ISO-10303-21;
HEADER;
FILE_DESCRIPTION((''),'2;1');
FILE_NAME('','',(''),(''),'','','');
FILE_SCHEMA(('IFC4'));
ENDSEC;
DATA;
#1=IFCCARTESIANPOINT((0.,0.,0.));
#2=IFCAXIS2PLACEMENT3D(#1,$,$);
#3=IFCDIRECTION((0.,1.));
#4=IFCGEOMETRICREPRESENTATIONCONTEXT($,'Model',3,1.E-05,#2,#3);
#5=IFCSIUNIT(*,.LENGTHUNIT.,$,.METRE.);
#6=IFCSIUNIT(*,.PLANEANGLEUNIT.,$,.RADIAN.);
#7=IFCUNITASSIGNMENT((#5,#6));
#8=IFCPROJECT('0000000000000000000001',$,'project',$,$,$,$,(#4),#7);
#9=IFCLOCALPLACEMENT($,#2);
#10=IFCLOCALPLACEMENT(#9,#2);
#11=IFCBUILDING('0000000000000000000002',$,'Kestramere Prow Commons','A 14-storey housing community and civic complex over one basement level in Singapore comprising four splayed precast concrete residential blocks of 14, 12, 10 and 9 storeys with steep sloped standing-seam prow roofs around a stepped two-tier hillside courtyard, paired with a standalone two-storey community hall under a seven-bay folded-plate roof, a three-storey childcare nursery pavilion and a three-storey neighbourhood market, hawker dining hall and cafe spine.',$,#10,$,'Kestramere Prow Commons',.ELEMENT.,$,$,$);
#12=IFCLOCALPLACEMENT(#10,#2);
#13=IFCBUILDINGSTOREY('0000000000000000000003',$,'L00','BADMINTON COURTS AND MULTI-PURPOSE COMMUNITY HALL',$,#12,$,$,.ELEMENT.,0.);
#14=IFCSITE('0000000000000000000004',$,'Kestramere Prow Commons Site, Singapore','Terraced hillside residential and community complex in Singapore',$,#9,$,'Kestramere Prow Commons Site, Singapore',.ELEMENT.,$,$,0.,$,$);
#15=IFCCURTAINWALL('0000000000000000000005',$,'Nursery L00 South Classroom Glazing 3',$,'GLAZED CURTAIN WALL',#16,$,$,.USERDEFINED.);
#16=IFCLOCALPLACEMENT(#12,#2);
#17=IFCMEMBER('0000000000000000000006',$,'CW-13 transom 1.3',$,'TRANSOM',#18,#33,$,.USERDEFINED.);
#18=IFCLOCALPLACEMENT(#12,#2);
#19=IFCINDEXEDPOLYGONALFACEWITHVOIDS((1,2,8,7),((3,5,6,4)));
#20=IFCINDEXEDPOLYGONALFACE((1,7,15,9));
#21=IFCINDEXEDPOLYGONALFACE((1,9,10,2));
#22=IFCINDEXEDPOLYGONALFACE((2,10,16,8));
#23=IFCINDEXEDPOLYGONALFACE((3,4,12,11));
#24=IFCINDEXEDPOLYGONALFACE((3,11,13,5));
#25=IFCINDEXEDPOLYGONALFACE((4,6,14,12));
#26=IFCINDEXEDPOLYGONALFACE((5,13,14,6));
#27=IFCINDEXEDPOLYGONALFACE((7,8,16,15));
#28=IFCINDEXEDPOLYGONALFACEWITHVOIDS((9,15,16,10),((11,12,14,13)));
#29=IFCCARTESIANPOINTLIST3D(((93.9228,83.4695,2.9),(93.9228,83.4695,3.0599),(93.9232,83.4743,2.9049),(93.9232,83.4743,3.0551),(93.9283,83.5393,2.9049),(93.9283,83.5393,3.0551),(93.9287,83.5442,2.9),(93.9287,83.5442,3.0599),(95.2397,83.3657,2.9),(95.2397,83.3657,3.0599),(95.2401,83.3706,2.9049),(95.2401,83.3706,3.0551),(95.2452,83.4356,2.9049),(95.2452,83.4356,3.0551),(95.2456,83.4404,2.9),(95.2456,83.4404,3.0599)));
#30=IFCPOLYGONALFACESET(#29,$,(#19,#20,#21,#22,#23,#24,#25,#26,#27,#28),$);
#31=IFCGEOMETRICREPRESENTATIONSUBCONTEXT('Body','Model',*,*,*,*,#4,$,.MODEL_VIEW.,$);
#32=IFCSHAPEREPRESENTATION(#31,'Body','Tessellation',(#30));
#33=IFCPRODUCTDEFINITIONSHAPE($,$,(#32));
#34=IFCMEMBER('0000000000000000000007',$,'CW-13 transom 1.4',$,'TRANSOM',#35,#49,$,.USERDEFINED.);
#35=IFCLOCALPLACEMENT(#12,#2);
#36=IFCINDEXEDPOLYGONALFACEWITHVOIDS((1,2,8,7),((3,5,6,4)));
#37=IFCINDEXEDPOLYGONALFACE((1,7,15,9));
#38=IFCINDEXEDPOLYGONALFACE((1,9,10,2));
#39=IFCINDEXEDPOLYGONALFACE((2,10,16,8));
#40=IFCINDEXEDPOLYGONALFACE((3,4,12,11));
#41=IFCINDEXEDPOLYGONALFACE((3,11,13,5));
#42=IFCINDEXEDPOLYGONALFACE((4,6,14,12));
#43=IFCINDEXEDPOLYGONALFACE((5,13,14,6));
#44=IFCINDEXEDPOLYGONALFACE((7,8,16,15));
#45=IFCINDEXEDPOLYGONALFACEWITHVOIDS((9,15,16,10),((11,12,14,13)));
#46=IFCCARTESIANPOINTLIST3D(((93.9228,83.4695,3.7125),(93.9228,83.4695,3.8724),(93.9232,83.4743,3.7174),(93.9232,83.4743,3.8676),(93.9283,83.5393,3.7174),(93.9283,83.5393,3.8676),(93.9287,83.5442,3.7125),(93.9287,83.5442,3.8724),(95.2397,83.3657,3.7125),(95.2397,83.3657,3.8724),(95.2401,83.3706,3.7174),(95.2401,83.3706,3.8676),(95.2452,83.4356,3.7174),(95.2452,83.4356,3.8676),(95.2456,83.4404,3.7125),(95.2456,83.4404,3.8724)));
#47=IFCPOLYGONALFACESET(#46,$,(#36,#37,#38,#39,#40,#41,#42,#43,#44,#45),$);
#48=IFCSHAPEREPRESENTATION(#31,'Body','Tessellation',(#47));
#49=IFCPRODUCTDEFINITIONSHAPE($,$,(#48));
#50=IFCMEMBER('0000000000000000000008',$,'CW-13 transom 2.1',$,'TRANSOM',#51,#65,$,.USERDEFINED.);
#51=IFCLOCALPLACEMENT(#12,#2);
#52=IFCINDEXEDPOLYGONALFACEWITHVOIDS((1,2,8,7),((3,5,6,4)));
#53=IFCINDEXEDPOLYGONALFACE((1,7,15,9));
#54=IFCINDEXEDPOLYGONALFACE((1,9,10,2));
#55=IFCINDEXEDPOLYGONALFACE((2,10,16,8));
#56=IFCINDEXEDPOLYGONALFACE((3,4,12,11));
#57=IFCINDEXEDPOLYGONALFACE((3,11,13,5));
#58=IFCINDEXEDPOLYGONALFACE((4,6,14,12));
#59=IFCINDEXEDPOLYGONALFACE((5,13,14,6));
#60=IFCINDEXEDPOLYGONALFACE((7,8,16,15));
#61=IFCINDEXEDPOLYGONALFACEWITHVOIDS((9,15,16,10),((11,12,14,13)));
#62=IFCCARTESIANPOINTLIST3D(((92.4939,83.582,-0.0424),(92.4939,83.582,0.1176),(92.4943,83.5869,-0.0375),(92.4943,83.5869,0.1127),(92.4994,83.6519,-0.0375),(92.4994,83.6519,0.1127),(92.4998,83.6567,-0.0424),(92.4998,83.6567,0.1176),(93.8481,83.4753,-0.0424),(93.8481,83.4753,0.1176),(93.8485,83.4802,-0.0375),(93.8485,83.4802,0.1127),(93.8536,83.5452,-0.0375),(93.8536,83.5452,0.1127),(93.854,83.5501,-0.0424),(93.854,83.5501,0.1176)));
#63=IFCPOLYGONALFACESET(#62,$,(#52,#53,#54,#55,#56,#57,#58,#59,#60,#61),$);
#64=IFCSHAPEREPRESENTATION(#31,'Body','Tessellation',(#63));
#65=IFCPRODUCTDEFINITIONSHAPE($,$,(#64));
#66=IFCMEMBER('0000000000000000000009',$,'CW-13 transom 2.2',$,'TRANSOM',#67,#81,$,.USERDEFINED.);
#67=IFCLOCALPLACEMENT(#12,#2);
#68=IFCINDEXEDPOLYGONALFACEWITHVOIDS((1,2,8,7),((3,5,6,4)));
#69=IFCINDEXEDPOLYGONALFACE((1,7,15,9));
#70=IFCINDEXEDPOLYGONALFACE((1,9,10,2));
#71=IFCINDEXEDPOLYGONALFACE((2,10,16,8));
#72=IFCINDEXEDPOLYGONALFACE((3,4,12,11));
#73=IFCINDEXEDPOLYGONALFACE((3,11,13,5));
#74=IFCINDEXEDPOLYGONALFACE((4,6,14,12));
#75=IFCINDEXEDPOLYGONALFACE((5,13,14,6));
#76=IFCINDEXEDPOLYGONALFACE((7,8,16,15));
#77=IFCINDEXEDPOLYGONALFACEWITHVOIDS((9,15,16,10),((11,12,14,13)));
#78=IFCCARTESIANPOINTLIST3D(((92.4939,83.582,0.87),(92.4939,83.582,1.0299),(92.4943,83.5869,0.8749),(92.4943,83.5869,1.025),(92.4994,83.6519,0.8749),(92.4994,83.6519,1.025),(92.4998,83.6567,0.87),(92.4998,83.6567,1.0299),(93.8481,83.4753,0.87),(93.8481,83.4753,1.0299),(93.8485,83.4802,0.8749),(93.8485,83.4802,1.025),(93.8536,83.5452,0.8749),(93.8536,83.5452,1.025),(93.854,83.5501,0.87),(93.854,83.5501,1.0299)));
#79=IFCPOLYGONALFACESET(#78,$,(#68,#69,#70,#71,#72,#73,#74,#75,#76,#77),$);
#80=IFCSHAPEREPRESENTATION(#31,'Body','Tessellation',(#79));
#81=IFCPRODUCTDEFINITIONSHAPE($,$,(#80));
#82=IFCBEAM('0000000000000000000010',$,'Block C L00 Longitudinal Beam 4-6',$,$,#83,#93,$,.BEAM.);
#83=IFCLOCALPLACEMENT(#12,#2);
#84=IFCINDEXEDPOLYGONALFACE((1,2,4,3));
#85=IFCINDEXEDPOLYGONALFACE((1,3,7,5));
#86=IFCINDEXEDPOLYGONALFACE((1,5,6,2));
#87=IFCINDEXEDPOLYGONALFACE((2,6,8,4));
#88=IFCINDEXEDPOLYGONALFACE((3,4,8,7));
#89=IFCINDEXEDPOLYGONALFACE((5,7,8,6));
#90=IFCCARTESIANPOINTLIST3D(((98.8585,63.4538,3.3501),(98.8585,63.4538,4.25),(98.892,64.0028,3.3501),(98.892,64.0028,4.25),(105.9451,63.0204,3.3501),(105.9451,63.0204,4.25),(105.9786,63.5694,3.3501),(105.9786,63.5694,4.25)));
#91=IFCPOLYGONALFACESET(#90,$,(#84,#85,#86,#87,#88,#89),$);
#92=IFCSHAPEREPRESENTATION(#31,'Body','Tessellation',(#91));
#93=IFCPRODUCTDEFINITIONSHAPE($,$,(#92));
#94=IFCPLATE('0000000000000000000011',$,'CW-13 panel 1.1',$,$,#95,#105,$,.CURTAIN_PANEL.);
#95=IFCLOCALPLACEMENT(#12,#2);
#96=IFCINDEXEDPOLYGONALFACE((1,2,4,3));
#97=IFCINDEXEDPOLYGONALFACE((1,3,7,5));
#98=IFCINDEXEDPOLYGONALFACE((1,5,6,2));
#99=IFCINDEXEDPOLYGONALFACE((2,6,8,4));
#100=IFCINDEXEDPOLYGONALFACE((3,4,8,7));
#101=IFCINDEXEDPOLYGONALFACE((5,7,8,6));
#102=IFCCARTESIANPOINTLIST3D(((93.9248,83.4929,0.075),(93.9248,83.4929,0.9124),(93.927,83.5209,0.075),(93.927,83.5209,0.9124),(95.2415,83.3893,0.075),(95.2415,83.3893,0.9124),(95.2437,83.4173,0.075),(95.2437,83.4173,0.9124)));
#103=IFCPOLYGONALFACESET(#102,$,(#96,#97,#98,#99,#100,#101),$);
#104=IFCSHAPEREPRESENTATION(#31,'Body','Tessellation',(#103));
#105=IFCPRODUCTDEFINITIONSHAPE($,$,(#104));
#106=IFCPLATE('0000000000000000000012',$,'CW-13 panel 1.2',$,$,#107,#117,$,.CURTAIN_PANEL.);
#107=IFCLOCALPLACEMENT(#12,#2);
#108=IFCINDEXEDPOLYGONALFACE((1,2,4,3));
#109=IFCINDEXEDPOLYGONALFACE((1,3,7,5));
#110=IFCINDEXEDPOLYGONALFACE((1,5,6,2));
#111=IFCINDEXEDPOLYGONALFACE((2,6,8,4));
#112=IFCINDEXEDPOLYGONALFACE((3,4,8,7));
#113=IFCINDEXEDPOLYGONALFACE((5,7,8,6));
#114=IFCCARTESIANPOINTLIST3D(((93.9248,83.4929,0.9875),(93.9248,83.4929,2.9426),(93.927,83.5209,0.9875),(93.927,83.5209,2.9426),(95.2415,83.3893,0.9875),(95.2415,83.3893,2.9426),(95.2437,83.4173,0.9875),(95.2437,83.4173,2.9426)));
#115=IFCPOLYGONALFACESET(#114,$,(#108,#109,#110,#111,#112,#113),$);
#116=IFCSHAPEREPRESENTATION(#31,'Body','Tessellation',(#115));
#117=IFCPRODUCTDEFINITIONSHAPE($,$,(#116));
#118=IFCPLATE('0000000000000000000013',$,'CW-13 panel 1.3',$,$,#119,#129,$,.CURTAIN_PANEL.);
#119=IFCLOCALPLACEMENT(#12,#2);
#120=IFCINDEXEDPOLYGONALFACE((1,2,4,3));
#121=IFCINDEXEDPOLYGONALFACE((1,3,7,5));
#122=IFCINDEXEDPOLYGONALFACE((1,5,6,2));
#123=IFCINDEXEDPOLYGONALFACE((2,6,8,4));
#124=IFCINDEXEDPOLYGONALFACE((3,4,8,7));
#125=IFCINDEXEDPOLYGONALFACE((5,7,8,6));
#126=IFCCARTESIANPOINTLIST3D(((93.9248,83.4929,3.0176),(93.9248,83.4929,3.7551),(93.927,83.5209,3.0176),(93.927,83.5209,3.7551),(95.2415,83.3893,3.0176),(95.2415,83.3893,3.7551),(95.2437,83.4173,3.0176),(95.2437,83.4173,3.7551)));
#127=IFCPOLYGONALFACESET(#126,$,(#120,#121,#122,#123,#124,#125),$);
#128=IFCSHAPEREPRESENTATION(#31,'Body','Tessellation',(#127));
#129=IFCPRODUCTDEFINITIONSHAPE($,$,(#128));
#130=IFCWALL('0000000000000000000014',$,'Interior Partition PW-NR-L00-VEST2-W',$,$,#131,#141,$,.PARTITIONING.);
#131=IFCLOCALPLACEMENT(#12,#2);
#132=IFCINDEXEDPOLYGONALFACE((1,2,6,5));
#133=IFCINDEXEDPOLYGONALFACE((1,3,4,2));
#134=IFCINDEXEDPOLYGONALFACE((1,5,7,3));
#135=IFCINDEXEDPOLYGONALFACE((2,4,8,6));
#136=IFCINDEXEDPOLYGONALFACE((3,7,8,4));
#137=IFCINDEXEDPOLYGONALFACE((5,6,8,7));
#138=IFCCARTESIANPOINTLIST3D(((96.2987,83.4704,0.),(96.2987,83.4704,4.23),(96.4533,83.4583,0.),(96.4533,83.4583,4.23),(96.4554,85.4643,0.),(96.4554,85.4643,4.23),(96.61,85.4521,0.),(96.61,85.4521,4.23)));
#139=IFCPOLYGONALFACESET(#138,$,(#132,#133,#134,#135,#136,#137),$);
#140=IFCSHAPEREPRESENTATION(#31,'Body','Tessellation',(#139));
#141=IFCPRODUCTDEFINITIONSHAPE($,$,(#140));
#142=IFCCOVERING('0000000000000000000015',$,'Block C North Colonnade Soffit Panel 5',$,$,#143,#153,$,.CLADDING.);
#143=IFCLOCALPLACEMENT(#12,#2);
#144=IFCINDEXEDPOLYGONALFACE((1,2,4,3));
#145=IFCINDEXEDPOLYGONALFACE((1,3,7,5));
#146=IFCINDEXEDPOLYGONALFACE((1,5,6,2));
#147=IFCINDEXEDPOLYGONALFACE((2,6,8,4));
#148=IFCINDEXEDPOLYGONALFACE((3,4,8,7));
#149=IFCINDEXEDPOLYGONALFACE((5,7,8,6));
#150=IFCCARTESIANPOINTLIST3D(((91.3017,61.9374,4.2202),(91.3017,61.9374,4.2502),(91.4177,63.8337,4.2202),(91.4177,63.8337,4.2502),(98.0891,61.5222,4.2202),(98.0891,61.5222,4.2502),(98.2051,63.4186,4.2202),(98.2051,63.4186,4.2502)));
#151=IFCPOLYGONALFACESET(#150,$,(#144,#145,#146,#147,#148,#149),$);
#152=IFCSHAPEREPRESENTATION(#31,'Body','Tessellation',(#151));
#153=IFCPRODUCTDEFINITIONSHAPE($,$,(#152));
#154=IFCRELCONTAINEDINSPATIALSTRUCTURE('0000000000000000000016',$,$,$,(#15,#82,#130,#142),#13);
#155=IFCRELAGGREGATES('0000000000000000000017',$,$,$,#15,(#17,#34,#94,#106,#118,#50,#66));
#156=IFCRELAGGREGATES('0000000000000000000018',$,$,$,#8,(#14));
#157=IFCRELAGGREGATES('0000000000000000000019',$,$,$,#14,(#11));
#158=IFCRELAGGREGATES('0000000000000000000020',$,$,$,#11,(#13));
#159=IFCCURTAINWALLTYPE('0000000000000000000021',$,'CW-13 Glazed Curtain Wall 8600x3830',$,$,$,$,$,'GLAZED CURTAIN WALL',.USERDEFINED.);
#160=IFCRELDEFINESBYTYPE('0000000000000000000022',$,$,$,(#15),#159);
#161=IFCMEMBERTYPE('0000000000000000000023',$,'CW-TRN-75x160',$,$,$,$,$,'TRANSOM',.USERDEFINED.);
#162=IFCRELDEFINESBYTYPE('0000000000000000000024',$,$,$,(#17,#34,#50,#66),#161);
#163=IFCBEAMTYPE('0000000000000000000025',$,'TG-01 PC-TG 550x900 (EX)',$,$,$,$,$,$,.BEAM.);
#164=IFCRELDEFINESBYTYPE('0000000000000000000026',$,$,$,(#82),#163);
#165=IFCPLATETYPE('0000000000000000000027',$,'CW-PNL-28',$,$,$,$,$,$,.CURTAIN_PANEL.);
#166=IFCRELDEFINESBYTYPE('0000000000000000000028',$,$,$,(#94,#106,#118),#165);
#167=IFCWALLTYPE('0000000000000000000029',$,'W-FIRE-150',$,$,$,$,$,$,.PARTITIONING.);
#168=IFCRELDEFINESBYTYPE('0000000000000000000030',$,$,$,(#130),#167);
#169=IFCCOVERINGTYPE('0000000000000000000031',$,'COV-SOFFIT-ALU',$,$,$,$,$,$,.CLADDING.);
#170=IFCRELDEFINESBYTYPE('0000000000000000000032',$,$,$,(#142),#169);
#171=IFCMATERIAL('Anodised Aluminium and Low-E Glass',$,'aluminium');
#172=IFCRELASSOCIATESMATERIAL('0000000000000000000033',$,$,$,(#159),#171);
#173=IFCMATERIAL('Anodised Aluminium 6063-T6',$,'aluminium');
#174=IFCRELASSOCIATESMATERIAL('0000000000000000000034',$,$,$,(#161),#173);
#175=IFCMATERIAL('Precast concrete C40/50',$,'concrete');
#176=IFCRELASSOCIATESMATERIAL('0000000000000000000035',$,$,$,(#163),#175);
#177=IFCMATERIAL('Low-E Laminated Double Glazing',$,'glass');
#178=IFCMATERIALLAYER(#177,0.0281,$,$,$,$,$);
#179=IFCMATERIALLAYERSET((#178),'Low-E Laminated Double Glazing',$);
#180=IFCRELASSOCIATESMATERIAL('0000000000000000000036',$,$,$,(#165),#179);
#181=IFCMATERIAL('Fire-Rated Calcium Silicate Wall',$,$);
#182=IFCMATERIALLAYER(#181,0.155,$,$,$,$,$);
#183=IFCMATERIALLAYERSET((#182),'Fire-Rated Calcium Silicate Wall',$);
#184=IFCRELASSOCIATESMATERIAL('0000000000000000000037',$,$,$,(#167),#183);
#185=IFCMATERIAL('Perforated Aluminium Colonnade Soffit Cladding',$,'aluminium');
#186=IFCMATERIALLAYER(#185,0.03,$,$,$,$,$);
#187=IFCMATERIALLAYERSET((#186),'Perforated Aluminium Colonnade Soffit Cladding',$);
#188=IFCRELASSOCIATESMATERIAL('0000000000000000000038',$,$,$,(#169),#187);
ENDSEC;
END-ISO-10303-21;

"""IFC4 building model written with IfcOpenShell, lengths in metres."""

from ifc_helpers import new_model, si_unit, direction, frame, frame_2d, origin, origin_2d, place, context, subcontext, project, spatial, rectangle, hollow_rectangle, extrude, material, layer, layer_set, material_profile, profile_set, type_object, element, aggregate, save


model = new_model("IFC4")

# Units and contexts
model_context = context("Model", 3, precision=1e-05, world=origin(), true_north=direction((0.0, 1.0)))
body_context = subcontext(model_context, "Body", "Model", "MODEL_VIEW")
ifc_project = project(units=[si_unit("LENGTHUNIT", "METRE"), si_unit("PLANEANGLEUNIT", "RADIAN")], contexts=[model_context])

# Site, building, storey
site_placement = place(None, origin())
site = spatial("IfcSite", under=ifc_project, at=site_placement, Name="Kestramere Prow Commons Site, Singapore", Description="Terraced hillside residential and community complex in Singapore", LongName="Kestramere Prow Commons Site, Singapore", CompositionType="ELEMENT", RefElevation=0.0)
building_placement = place(site_placement, origin())
building = spatial("IfcBuilding", under=site, at=building_placement, Name="Kestramere Prow Commons", Description="A 14-storey housing community and civic complex over one basement level in Singapore comprising four splayed precast concrete residential blocks of 14, 12, 10 and 9 storeys with steep sloped standing-seam prow roofs around a stepped two-tier hillside courtyard, paired with a standalone two-storey community hall under a seven-bay folded-plate roof, a three-storey childcare nursery pavilion and a three-storey neighbourhood market, hawker dining hall and cafe spine.", LongName="Kestramere Prow Commons", CompositionType="ELEMENT")
storey_placement = place(building_placement, origin())
storey = spatial("IfcBuildingStorey", under=building, at=storey_placement, Name="L00", Description="BADMINTON COURTS AND MULTI-PURPOSE COMMUNITY HALL", CompositionType="ELEMENT", Elevation=0.0)

# Shared definitions
ifc_material_1 = material(Name="Precast concrete C40/50", Category="concrete")

# Curtain wall, members
ifc_material_2 = material(Name="Anodised Aluminium and Low-E Glass", Category="aluminium")
curtain_wall_type = type_object("IfcCurtainWallType", Name="CW-13 Glazed Curtain Wall 8600x3830", ElementType="GLAZED CURTAIN WALL", PredefinedType="USERDEFINED", material=ifc_material_2)
curtain_wall_placement = place(storey_placement, origin())
curtain_wall = element("IfcCurtainWall", 1, at=curtain_wall_placement, inside=storey, type_object=curtain_wall_type, Name="Nursery L00 South Classroom Glazing 3", ObjectType="GLAZED CURTAIN WALL", PredefinedType="USERDEFINED")
ifc_material_3 = material(Name="Anodised Aluminium 6063-T6", Category="aluminium")
ifc_material_profile_1 = material_profile(ifc_material_3, hollow_rectangle(XDim=0.075, YDim=0.1599, WallThickness=0.0049, at=origin_2d()), Name="ALU-TRN 75x160")
ifc_profile_set_1 = profile_set([ifc_material_profile_1], Name="Anodised Aluminium 6063-T6")
member_type_1 = type_object("IfcMemberType", Name="CW-TRN-75x160", ElementType="TRANSOM", PredefinedType="USERDEFINED", material=ifc_profile_set_1)
member_1_placement = place(storey_placement, frame((95.2427, 83.4031, 2.98), z_axis=(-0.99691, 0.078548, 0.0), x_axis=(-0.078548, -0.99691, 0.0)))
member_1 = element("IfcMember", 2, at=member_1_placement, type_object=member_type_1, Name="CW-13 transom 1.3", ObjectType="TRANSOM", PredefinedType="USERDEFINED", context=body_context, shape_type="SweptSolid", body=[
    extrude(hollow_rectangle(XDim=0.075, YDim=0.1599, WallThickness=0.0049, at=origin_2d()), origin(), (0.0, 0.0, 1.0), 1.321),
])
member_2_placement = place(storey_placement, frame((95.2427, 83.4031, 3.7925), z_axis=(-0.99691, 0.078548, 0.0), x_axis=(-0.078548, -0.99691, 0.0)))
member_2 = element("IfcMember", 3, at=member_2_placement, type_object=member_type_1, Name="CW-13 transom 1.4", ObjectType="TRANSOM", PredefinedType="USERDEFINED", context=body_context, shape_type="SweptSolid", body=[
    extrude(hollow_rectangle(XDim=0.075, YDim=0.1599, WallThickness=0.0049, at=origin_2d()), origin(), (0.0, 0.0, 1.0), 1.321),
])
member_3_placement = place(storey_placement, frame((93.8511, 83.5127, 0.0376), z_axis=(-0.996911, 0.078538, 0.0), x_axis=(-0.078538, -0.996911, 0.0)))
member_3 = element("IfcMember", 4, at=member_3_placement, type_object=member_type_1, Name="CW-13 transom 2.1", ObjectType="TRANSOM", PredefinedType="USERDEFINED", context=body_context, shape_type="SweptSolid", body=[
    extrude(hollow_rectangle(XDim=0.075, YDim=0.1599, WallThickness=0.0049, at=origin_2d()), origin(), (0.0, 0.0, 1.0), 1.3584),
])
member_4_placement = place(storey_placement, frame((93.8511, 83.5127, 0.95), z_axis=(-0.996911, 0.078538, 0.0), x_axis=(-0.078538, -0.996911, 0.0)))
member_4 = element("IfcMember", 5, at=member_4_placement, type_object=member_type_1, Name="CW-13 transom 2.2", ObjectType="TRANSOM", PredefinedType="USERDEFINED", context=body_context, shape_type="SweptSolid", body=[
    extrude(hollow_rectangle(XDim=0.075, YDim=0.1599, WallThickness=0.0049, at=origin_2d()), origin(), (0.0, 0.0, 1.0), 1.3584),
])

# Beam
ifc_material_profile_2 = material_profile(ifc_material_1, rectangle(XDim=0.55, YDim=0.8999, at=origin_2d()), Name="PC-TG 550x900")
ifc_profile_set_2 = profile_set([ifc_material_profile_2], Name="Precast concrete C40/50")
beam_type_1 = type_object("IfcBeamType", Name="TG-01 PC-TG 550x900 (EX)", PredefinedType="BEAM", material=ifc_profile_set_2)
beam_1_placement = place(storey_placement, frame((98.8752, 63.7283, 3.8), z_axis=(0.998136, -0.061036, 0.0), x_axis=(0.061036, 0.998136, 0.0)))
element("IfcBeam", 6, at=beam_1_placement, inside=storey, type_object=beam_type_1, Name="Block C L00 Longitudinal Beam 4-6", PredefinedType="BEAM", context=body_context, shape_type="SweptSolid", body=[
    extrude(rectangle(XDim=0.55, YDim=0.8999, at=origin_2d()), origin(), (0.0, 0.0, 1.0), 7.0999),
])

# Plates
ifc_material_4 = material(Name="Low-E Laminated Double Glazing", Category="glass")
ifc_layer_1 = layer(ifc_material_4, 0.0281)
ifc_layer_set_1 = layer_set([ifc_layer_1], Name="Low-E Laminated Double Glazing")
plate_type = type_object("IfcPlateType", Name="CW-PNL-28", PredefinedType="CURTAIN_PANEL", material=ifc_layer_set_1)
plate_1_placement = place(storey_placement, frame((94.5842, 83.4551, 0.075), z_axis=(0.0, 0.0, 1.0), x_axis=(-0.996917, 0.078459, 0.0)))
plate_1 = element("IfcPlate", 7, at=plate_1_placement, type_object=plate_type, Name="CW-13 panel 1.1", PredefinedType="CURTAIN_PANEL", context=body_context, shape_type="SweptSolid", body=[
    extrude(rectangle(XDim=1.3208, YDim=0.0281, at=origin_2d()), origin(), (0.0, 0.0, 1.0), 0.8374),
])
plate_2_placement = place(storey_placement, frame((94.5842, 83.4551, 0.9875), z_axis=(0.0, 0.0, 1.0), x_axis=(-0.996917, 0.078459, 0.0)))
plate_2 = element("IfcPlate", 8, at=plate_2_placement, type_object=plate_type, Name="CW-13 panel 1.2", PredefinedType="CURTAIN_PANEL", context=body_context, shape_type="SweptSolid", body=[
    extrude(rectangle(XDim=1.3208, YDim=0.0281, at=origin_2d()), origin(), (0.0, 0.0, 1.0), 1.9551),
])
plate_3_placement = place(storey_placement, frame((94.5842, 83.4551, 3.0176), z_axis=(0.0, 0.0, 1.0), x_axis=(-0.996917, 0.078459, 0.0)))
plate_3 = element("IfcPlate", 9, at=plate_3_placement, type_object=plate_type, Name="CW-13 panel 1.3", PredefinedType="CURTAIN_PANEL", context=body_context, shape_type="SweptSolid", body=[
    extrude(rectangle(XDim=1.3208, YDim=0.0281, at=origin_2d()), origin(), (0.0, 0.0, 1.0), 0.7375),
])
aggregate(curtain_wall, [member_1, member_2, plate_1, plate_2, plate_3, member_3, member_4])

# Wall
ifc_material_5 = material(Name="Fire-Rated Calcium Silicate Wall")
ifc_layer_2 = layer(ifc_material_5, 0.155)
ifc_layer_set_2 = layer_set([ifc_layer_2], Name="Fire-Rated Calcium Silicate Wall")
wall_type = type_object("IfcWallType", Name="W-FIRE-150", PredefinedType="PARTITIONING", material=ifc_layer_set_2)
wall_placement = place(storey_placement, frame((96.376, 83.4644, 0.0), z_axis=(0.0, 0.0, 1.0), x_axis=(0.078367, 0.996925, 0.0)))
element("IfcWall", 10, at=wall_placement, inside=storey, type_object=wall_type, Name="Interior Partition PW-NR-L00-VEST2-W", PredefinedType="PARTITIONING", context=body_context, shape_type="SweptSolid", body=[
    extrude(rectangle(XDim=2.0, YDim=0.155, at=frame_2d((1.0, 0.0))), origin(), (0.0, 0.0, 1.0), 4.23),
])

# Covering
ifc_material_6 = material(Name="Perforated Aluminium Colonnade Soffit Cladding", Category="aluminium")
ifc_layer_3 = layer(ifc_material_6, 0.03)
ifc_layer_set_3 = layer_set([ifc_layer_3], Name="Perforated Aluminium Colonnade Soffit Cladding")
covering_type = type_object("IfcCoveringType", Name="COV-SOFFIT-ALU", PredefinedType="CLADDING", material=ifc_layer_set_3)
covering_placement = place(storey_placement, frame((94.7534, 62.678, 4.2202), z_axis=(0.0, 0.0, 1.0), x_axis=(0.998135, -0.061049, 0.0)))
element("IfcCovering", 11, at=covering_placement, inside=storey, type_object=covering_type, Name="Block C North Colonnade Soffit Panel 5", PredefinedType="CLADDING", context=body_context, shape_type="SweptSolid", body=[
    extrude(rectangle(XDim=6.8, YDim=1.8999, at=origin_2d()), origin(), (0.0, 0.0, 1.0), 0.03),
])

save(model, "model.ifc")
